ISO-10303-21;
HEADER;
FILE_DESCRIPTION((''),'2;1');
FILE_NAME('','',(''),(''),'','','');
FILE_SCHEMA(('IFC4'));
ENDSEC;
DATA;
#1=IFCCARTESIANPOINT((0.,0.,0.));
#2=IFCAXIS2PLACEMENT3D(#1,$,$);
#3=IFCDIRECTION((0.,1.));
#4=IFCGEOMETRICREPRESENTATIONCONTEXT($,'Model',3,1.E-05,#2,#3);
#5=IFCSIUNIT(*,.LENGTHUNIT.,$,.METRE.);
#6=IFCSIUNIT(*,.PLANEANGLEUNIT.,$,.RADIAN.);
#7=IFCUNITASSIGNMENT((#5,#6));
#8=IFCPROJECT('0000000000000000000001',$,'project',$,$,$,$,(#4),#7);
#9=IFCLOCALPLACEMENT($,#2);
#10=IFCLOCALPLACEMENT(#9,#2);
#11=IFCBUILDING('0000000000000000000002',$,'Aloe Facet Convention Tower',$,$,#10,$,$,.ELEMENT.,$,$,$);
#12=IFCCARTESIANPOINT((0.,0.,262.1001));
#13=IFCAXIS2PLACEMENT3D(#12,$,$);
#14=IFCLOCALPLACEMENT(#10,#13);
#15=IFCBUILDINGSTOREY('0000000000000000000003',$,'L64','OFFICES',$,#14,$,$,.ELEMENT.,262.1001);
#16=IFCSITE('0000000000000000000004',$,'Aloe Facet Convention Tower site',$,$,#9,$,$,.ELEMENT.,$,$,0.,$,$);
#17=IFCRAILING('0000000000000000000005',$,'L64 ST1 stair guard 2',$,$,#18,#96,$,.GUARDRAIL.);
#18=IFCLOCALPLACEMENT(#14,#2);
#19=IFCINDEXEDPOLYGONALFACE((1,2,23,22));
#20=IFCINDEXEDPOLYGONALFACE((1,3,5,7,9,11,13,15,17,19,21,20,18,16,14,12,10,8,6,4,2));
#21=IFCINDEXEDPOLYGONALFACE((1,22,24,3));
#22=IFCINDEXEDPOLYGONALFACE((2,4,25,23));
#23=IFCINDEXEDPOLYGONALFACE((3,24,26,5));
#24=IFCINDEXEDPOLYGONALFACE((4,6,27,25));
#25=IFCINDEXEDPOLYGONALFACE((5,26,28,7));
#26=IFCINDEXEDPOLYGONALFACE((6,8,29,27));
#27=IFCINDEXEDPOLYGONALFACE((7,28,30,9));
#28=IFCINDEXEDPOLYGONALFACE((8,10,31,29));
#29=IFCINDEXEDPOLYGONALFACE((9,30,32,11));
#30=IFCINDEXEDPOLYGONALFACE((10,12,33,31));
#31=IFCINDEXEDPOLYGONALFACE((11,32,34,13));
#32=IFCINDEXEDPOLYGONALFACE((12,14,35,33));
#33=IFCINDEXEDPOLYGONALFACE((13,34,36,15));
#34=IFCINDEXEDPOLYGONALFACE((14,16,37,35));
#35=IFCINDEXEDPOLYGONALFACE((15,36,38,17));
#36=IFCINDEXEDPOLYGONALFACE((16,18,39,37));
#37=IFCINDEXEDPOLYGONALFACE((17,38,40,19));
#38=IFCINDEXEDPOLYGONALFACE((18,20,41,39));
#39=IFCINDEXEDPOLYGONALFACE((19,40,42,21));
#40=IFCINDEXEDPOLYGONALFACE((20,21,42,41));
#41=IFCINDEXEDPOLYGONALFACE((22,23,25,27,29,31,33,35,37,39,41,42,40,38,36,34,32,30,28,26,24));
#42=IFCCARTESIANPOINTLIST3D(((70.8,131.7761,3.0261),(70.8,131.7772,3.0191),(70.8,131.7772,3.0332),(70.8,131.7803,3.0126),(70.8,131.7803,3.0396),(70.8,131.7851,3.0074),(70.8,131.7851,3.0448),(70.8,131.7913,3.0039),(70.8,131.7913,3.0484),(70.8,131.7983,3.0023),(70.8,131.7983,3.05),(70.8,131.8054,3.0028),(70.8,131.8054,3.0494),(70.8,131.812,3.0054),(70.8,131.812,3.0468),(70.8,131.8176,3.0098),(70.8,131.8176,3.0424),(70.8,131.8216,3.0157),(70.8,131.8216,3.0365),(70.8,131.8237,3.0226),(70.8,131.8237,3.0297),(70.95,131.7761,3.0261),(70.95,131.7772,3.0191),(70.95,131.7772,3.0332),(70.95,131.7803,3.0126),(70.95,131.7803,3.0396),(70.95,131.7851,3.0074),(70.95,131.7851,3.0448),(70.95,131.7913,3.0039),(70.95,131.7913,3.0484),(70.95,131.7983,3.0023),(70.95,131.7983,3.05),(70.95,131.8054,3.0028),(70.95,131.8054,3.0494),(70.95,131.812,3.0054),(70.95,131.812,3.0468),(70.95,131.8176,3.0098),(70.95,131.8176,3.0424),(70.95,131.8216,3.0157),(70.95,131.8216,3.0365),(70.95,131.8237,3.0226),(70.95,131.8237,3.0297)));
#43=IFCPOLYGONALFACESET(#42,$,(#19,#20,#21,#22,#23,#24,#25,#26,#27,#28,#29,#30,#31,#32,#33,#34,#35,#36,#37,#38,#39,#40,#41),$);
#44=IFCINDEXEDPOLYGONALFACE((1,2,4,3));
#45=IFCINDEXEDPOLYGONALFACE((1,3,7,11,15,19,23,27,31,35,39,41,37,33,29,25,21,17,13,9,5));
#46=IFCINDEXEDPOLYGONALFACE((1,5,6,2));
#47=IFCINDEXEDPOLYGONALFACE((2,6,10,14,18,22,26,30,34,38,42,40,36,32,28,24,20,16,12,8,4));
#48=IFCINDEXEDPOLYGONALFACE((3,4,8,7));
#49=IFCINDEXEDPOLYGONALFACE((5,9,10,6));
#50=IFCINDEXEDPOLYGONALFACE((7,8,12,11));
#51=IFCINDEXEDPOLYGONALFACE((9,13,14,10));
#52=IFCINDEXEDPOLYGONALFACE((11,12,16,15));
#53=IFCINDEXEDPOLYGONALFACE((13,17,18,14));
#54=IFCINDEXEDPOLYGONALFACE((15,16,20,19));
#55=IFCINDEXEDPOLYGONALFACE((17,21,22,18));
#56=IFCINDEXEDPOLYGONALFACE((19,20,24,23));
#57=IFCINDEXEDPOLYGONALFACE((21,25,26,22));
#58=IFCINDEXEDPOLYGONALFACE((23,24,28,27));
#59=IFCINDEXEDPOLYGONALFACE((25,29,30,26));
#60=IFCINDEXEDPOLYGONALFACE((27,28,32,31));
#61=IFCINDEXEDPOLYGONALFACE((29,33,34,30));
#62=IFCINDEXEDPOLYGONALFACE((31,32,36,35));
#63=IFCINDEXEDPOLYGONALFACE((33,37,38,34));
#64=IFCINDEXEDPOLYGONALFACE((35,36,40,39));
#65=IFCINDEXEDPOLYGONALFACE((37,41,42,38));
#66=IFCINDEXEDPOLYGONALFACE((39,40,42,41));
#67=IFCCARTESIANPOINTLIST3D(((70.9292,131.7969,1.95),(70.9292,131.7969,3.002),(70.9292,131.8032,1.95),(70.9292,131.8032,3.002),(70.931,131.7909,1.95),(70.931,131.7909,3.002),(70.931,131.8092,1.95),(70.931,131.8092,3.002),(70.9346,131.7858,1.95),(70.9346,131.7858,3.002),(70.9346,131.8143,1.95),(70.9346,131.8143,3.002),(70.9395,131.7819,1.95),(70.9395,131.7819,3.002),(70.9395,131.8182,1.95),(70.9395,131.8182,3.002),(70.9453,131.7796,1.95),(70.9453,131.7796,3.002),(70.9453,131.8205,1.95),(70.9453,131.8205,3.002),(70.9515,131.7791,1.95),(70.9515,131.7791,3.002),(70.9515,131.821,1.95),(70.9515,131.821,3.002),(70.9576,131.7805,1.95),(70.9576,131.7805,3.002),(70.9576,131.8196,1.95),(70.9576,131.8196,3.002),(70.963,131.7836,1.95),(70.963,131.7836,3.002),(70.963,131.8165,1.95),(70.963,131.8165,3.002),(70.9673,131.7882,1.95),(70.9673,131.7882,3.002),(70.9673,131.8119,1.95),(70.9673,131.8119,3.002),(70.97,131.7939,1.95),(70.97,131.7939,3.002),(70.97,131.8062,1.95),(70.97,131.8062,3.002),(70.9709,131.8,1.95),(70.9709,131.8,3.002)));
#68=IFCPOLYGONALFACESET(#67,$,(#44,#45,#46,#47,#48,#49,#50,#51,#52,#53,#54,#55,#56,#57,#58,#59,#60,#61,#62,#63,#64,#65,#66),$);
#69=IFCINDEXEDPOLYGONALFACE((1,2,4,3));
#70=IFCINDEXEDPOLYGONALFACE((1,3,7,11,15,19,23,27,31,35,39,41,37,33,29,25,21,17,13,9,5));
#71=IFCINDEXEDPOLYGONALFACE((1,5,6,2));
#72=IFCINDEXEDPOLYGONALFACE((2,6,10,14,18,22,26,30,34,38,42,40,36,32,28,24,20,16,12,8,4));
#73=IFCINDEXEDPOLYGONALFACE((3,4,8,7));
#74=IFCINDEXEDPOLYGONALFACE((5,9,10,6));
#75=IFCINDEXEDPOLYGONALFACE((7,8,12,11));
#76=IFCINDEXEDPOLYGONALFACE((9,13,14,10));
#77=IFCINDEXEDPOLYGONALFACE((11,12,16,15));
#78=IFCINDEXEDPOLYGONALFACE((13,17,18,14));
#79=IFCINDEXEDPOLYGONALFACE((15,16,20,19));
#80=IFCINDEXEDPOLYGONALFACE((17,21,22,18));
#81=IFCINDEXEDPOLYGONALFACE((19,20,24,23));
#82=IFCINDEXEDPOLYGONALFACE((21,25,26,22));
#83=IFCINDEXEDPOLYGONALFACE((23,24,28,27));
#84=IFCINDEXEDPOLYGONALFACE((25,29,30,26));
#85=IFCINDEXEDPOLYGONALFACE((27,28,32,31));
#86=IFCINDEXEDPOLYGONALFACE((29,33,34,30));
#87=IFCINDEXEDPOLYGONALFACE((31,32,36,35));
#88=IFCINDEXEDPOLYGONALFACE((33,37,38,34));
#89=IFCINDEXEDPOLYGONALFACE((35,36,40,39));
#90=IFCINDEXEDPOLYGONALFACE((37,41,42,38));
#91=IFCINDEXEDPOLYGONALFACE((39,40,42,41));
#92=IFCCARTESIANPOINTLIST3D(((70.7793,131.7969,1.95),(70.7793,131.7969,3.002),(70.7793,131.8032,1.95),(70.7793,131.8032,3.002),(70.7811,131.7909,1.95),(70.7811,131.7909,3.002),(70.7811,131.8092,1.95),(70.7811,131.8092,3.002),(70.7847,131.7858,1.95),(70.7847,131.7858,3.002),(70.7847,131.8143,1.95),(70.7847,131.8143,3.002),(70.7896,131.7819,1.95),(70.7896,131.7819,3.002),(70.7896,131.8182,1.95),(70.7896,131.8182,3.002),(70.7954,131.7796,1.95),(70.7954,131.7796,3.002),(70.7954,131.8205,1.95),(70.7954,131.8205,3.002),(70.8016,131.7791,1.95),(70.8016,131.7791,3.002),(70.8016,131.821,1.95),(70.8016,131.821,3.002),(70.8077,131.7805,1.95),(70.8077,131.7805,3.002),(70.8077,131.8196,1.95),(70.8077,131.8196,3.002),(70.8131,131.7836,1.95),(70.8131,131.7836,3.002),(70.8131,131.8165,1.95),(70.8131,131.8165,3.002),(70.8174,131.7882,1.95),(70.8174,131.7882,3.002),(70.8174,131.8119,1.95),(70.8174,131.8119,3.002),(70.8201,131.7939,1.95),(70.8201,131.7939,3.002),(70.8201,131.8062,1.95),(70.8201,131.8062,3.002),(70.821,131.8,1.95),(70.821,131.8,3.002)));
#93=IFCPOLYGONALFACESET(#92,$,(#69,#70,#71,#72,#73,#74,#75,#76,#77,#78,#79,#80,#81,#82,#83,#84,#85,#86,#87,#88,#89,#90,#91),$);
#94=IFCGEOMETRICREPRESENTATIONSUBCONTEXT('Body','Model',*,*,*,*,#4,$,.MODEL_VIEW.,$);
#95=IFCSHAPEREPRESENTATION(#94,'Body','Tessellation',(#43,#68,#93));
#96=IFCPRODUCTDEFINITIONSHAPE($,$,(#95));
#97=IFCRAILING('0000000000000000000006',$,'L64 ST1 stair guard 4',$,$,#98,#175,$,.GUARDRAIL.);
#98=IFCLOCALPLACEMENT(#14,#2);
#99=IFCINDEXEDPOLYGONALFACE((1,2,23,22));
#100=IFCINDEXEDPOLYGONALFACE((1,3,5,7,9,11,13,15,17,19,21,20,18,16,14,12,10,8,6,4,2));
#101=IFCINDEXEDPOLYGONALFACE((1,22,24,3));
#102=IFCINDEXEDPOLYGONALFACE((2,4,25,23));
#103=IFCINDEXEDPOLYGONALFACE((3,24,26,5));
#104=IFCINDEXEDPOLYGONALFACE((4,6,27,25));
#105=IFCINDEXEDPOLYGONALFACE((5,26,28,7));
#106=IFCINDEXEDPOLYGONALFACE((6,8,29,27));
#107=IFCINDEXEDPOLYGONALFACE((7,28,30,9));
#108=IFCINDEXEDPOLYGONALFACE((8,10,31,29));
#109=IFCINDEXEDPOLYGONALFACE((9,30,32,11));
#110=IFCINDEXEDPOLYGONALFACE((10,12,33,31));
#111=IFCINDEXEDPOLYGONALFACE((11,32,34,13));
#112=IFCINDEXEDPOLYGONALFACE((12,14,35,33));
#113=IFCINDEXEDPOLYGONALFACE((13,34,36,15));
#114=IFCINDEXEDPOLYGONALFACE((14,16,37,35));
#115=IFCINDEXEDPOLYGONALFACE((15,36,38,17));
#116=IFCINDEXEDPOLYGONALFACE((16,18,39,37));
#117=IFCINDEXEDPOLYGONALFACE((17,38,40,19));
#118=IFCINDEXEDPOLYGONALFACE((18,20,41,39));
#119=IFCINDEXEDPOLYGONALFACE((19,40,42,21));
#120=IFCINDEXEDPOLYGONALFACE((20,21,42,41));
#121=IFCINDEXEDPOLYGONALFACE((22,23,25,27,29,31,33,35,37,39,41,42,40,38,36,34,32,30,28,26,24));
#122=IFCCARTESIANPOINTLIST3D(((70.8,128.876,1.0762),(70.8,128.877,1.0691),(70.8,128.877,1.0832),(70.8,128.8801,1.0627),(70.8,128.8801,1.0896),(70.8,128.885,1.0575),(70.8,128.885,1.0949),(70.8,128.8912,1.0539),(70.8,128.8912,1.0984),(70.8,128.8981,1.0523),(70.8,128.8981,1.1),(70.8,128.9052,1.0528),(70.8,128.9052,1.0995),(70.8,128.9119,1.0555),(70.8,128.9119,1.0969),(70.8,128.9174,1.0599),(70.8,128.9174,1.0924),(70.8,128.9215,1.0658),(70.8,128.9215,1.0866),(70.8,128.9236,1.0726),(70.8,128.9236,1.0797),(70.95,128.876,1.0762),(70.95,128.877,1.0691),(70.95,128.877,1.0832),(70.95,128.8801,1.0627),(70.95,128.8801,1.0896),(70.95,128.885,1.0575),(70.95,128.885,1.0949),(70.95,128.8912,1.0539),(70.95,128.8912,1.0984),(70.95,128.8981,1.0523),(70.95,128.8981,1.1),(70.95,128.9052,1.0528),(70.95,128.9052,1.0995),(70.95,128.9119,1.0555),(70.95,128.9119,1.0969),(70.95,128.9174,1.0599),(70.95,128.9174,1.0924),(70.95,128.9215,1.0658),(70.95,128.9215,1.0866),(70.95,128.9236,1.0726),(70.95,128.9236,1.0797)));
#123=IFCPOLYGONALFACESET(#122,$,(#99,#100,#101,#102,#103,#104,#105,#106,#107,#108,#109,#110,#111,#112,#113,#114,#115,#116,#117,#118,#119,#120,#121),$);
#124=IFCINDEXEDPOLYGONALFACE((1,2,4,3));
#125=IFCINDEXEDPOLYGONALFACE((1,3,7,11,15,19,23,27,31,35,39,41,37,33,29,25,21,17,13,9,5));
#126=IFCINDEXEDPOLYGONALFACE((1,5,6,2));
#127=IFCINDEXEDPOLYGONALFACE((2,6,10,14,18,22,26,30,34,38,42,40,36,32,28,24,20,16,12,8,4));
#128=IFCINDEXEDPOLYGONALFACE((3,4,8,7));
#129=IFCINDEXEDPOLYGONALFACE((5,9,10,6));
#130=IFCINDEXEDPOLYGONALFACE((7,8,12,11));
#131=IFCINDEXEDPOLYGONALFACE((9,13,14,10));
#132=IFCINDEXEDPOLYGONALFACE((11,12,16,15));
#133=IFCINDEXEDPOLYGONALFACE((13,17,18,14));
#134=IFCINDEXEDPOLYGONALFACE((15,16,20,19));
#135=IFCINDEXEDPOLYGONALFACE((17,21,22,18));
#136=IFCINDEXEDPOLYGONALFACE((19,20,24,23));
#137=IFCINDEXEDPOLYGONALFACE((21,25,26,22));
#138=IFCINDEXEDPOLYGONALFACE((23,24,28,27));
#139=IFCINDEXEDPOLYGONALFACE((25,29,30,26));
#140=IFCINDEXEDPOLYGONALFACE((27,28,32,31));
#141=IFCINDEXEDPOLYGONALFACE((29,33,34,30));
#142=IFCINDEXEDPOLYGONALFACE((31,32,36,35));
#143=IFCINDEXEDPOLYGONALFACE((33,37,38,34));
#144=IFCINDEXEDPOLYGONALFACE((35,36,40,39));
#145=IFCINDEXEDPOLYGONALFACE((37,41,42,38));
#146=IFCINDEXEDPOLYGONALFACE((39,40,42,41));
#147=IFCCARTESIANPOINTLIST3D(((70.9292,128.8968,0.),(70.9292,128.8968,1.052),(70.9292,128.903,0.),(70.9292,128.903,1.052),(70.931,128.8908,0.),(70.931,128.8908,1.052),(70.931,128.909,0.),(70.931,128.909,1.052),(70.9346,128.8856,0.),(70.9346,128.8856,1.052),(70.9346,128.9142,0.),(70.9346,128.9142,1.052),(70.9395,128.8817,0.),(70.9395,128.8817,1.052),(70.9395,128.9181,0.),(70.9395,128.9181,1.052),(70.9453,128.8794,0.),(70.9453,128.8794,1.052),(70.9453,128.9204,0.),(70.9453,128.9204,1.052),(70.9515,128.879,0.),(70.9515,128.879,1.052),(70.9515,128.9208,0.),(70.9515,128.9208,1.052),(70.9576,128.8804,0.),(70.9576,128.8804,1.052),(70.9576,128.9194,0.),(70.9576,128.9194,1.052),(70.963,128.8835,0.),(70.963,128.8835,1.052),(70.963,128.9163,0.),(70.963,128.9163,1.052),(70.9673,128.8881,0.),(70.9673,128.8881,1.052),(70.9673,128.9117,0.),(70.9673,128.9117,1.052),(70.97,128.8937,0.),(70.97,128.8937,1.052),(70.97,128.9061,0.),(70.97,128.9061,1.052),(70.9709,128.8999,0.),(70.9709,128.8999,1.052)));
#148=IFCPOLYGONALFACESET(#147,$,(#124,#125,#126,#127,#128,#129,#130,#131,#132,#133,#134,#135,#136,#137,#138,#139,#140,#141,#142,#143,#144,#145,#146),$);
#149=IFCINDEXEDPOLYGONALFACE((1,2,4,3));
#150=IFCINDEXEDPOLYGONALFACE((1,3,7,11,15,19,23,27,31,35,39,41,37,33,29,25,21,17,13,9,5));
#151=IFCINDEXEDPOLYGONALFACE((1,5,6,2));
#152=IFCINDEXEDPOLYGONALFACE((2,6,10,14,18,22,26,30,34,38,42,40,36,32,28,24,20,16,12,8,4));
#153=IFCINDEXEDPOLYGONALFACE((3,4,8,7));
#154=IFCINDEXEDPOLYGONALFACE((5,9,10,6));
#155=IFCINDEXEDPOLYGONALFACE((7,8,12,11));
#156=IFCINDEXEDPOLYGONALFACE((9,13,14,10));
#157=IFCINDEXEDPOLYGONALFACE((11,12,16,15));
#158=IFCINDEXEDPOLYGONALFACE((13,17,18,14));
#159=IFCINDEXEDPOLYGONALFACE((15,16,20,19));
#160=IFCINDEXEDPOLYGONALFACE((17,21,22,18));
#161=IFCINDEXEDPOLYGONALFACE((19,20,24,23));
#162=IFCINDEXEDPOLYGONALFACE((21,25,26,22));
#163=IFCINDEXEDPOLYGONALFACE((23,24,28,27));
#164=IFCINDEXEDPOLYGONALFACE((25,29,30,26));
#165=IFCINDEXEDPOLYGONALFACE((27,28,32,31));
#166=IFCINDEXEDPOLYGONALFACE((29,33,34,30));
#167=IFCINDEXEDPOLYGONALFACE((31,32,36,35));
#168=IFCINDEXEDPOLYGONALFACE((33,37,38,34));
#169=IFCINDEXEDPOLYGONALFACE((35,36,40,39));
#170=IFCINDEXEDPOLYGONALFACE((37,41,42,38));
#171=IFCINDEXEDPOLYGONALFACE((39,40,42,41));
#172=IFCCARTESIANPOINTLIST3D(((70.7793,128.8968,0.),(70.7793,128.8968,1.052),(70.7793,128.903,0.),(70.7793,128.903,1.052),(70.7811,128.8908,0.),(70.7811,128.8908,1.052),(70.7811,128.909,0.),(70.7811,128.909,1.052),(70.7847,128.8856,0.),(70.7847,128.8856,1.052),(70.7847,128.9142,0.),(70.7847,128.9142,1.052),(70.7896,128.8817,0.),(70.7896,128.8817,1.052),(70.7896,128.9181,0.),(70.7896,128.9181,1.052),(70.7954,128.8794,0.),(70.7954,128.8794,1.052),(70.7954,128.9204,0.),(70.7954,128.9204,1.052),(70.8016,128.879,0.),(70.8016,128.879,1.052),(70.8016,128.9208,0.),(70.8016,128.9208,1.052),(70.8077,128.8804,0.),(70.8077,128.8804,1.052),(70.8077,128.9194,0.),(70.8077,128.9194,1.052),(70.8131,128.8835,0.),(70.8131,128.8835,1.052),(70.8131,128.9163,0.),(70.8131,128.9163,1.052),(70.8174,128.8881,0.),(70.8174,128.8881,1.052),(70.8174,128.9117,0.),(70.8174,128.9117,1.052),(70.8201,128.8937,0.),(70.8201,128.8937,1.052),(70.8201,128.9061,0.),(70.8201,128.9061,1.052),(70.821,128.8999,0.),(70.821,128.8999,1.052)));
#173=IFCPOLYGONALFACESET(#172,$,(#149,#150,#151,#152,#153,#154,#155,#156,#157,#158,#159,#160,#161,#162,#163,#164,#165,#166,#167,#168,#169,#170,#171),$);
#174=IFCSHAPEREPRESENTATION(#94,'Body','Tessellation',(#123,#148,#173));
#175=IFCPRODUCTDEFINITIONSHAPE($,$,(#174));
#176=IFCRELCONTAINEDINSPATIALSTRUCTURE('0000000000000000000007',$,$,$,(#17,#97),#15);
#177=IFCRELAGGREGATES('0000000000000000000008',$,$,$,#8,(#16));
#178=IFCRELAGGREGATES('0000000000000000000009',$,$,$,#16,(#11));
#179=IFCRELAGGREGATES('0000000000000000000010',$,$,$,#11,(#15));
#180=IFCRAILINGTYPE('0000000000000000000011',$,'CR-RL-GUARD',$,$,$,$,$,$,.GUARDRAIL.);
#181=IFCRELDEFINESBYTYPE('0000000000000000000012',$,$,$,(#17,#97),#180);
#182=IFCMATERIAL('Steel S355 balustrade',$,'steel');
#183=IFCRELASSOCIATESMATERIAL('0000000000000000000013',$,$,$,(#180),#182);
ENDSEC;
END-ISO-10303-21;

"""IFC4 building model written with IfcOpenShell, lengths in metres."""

from ifc_helpers import new_model, si_unit, direction, frame, origin, origin_2d, place, context, subcontext, project, spatial, circle, extrude, material, type_object, element, save


model = new_model("IFC4")

# Units and contexts
model_context = context("Model", 3, precision=1e-05, world=origin(), true_north=direction((0.0, 1.0)))
body_context = subcontext(model_context, "Body", "Model", "MODEL_VIEW")
ifc_project = project(units=[si_unit("LENGTHUNIT", "METRE"), si_unit("PLANEANGLEUNIT", "RADIAN")], contexts=[model_context])

# Site, building, storey
site_placement = place(None, origin())
site = spatial("IfcSite", under=ifc_project, at=site_placement, Name="Aloe Facet Convention Tower site", CompositionType="ELEMENT", RefElevation=0.0)
building_placement = place(site_placement, origin())
building = spatial("IfcBuilding", under=site, at=building_placement, Name="Aloe Facet Convention Tower", CompositionType="ELEMENT")
storey_placement = place(building_placement, frame((0.0, 0.0, 262.1001)))
storey = spatial("IfcBuildingStorey", under=building, at=storey_placement, Name="L64", Description="OFFICES", CompositionType="ELEMENT", Elevation=262.1001)

# Railings
ifc_material_1 = material(Name="Steel S355 balustrade", Category="steel")
railing_type_1 = type_object("IfcRailingType", Name="CR-RL-GUARD", PredefinedType="GUARDRAIL", material=ifc_material_1)
for number, where, name in (
    (1, (70.95, 131.8, 1.95), "L64 ST1 stair guard 2"),
    (2, (70.95, 128.8999, 0.0), "L64 ST1 stair guard 4"),
):
    element("IfcRailing", number, at=place(storey_placement, frame(where)), inside=storey, type_object=railing_type_1, Name=name, PredefinedType="GUARDRAIL", context=body_context, shape_type="SweptSolid", body=[
        extrude(circle(Radius=0.0239, at=origin_2d()), frame((0.0, 0.0, 1.0762), z_axis=(-1.0, 0.0, 0.0), x_axis=(0.0, -1.0, 0.0)), (0.0, 0.0, 1.0), 0.1499),
        extrude(circle(Radius=0.021, at=origin_2d()), origin(), (0.0, 0.0, 1.0), 1.052),
        extrude(circle(Radius=0.021, at=origin_2d()), frame((-0.1499, 0.0, 0.0)), (0.0, 0.0, 1.0), 1.052),
    ])

save(model, "model.ifc")
